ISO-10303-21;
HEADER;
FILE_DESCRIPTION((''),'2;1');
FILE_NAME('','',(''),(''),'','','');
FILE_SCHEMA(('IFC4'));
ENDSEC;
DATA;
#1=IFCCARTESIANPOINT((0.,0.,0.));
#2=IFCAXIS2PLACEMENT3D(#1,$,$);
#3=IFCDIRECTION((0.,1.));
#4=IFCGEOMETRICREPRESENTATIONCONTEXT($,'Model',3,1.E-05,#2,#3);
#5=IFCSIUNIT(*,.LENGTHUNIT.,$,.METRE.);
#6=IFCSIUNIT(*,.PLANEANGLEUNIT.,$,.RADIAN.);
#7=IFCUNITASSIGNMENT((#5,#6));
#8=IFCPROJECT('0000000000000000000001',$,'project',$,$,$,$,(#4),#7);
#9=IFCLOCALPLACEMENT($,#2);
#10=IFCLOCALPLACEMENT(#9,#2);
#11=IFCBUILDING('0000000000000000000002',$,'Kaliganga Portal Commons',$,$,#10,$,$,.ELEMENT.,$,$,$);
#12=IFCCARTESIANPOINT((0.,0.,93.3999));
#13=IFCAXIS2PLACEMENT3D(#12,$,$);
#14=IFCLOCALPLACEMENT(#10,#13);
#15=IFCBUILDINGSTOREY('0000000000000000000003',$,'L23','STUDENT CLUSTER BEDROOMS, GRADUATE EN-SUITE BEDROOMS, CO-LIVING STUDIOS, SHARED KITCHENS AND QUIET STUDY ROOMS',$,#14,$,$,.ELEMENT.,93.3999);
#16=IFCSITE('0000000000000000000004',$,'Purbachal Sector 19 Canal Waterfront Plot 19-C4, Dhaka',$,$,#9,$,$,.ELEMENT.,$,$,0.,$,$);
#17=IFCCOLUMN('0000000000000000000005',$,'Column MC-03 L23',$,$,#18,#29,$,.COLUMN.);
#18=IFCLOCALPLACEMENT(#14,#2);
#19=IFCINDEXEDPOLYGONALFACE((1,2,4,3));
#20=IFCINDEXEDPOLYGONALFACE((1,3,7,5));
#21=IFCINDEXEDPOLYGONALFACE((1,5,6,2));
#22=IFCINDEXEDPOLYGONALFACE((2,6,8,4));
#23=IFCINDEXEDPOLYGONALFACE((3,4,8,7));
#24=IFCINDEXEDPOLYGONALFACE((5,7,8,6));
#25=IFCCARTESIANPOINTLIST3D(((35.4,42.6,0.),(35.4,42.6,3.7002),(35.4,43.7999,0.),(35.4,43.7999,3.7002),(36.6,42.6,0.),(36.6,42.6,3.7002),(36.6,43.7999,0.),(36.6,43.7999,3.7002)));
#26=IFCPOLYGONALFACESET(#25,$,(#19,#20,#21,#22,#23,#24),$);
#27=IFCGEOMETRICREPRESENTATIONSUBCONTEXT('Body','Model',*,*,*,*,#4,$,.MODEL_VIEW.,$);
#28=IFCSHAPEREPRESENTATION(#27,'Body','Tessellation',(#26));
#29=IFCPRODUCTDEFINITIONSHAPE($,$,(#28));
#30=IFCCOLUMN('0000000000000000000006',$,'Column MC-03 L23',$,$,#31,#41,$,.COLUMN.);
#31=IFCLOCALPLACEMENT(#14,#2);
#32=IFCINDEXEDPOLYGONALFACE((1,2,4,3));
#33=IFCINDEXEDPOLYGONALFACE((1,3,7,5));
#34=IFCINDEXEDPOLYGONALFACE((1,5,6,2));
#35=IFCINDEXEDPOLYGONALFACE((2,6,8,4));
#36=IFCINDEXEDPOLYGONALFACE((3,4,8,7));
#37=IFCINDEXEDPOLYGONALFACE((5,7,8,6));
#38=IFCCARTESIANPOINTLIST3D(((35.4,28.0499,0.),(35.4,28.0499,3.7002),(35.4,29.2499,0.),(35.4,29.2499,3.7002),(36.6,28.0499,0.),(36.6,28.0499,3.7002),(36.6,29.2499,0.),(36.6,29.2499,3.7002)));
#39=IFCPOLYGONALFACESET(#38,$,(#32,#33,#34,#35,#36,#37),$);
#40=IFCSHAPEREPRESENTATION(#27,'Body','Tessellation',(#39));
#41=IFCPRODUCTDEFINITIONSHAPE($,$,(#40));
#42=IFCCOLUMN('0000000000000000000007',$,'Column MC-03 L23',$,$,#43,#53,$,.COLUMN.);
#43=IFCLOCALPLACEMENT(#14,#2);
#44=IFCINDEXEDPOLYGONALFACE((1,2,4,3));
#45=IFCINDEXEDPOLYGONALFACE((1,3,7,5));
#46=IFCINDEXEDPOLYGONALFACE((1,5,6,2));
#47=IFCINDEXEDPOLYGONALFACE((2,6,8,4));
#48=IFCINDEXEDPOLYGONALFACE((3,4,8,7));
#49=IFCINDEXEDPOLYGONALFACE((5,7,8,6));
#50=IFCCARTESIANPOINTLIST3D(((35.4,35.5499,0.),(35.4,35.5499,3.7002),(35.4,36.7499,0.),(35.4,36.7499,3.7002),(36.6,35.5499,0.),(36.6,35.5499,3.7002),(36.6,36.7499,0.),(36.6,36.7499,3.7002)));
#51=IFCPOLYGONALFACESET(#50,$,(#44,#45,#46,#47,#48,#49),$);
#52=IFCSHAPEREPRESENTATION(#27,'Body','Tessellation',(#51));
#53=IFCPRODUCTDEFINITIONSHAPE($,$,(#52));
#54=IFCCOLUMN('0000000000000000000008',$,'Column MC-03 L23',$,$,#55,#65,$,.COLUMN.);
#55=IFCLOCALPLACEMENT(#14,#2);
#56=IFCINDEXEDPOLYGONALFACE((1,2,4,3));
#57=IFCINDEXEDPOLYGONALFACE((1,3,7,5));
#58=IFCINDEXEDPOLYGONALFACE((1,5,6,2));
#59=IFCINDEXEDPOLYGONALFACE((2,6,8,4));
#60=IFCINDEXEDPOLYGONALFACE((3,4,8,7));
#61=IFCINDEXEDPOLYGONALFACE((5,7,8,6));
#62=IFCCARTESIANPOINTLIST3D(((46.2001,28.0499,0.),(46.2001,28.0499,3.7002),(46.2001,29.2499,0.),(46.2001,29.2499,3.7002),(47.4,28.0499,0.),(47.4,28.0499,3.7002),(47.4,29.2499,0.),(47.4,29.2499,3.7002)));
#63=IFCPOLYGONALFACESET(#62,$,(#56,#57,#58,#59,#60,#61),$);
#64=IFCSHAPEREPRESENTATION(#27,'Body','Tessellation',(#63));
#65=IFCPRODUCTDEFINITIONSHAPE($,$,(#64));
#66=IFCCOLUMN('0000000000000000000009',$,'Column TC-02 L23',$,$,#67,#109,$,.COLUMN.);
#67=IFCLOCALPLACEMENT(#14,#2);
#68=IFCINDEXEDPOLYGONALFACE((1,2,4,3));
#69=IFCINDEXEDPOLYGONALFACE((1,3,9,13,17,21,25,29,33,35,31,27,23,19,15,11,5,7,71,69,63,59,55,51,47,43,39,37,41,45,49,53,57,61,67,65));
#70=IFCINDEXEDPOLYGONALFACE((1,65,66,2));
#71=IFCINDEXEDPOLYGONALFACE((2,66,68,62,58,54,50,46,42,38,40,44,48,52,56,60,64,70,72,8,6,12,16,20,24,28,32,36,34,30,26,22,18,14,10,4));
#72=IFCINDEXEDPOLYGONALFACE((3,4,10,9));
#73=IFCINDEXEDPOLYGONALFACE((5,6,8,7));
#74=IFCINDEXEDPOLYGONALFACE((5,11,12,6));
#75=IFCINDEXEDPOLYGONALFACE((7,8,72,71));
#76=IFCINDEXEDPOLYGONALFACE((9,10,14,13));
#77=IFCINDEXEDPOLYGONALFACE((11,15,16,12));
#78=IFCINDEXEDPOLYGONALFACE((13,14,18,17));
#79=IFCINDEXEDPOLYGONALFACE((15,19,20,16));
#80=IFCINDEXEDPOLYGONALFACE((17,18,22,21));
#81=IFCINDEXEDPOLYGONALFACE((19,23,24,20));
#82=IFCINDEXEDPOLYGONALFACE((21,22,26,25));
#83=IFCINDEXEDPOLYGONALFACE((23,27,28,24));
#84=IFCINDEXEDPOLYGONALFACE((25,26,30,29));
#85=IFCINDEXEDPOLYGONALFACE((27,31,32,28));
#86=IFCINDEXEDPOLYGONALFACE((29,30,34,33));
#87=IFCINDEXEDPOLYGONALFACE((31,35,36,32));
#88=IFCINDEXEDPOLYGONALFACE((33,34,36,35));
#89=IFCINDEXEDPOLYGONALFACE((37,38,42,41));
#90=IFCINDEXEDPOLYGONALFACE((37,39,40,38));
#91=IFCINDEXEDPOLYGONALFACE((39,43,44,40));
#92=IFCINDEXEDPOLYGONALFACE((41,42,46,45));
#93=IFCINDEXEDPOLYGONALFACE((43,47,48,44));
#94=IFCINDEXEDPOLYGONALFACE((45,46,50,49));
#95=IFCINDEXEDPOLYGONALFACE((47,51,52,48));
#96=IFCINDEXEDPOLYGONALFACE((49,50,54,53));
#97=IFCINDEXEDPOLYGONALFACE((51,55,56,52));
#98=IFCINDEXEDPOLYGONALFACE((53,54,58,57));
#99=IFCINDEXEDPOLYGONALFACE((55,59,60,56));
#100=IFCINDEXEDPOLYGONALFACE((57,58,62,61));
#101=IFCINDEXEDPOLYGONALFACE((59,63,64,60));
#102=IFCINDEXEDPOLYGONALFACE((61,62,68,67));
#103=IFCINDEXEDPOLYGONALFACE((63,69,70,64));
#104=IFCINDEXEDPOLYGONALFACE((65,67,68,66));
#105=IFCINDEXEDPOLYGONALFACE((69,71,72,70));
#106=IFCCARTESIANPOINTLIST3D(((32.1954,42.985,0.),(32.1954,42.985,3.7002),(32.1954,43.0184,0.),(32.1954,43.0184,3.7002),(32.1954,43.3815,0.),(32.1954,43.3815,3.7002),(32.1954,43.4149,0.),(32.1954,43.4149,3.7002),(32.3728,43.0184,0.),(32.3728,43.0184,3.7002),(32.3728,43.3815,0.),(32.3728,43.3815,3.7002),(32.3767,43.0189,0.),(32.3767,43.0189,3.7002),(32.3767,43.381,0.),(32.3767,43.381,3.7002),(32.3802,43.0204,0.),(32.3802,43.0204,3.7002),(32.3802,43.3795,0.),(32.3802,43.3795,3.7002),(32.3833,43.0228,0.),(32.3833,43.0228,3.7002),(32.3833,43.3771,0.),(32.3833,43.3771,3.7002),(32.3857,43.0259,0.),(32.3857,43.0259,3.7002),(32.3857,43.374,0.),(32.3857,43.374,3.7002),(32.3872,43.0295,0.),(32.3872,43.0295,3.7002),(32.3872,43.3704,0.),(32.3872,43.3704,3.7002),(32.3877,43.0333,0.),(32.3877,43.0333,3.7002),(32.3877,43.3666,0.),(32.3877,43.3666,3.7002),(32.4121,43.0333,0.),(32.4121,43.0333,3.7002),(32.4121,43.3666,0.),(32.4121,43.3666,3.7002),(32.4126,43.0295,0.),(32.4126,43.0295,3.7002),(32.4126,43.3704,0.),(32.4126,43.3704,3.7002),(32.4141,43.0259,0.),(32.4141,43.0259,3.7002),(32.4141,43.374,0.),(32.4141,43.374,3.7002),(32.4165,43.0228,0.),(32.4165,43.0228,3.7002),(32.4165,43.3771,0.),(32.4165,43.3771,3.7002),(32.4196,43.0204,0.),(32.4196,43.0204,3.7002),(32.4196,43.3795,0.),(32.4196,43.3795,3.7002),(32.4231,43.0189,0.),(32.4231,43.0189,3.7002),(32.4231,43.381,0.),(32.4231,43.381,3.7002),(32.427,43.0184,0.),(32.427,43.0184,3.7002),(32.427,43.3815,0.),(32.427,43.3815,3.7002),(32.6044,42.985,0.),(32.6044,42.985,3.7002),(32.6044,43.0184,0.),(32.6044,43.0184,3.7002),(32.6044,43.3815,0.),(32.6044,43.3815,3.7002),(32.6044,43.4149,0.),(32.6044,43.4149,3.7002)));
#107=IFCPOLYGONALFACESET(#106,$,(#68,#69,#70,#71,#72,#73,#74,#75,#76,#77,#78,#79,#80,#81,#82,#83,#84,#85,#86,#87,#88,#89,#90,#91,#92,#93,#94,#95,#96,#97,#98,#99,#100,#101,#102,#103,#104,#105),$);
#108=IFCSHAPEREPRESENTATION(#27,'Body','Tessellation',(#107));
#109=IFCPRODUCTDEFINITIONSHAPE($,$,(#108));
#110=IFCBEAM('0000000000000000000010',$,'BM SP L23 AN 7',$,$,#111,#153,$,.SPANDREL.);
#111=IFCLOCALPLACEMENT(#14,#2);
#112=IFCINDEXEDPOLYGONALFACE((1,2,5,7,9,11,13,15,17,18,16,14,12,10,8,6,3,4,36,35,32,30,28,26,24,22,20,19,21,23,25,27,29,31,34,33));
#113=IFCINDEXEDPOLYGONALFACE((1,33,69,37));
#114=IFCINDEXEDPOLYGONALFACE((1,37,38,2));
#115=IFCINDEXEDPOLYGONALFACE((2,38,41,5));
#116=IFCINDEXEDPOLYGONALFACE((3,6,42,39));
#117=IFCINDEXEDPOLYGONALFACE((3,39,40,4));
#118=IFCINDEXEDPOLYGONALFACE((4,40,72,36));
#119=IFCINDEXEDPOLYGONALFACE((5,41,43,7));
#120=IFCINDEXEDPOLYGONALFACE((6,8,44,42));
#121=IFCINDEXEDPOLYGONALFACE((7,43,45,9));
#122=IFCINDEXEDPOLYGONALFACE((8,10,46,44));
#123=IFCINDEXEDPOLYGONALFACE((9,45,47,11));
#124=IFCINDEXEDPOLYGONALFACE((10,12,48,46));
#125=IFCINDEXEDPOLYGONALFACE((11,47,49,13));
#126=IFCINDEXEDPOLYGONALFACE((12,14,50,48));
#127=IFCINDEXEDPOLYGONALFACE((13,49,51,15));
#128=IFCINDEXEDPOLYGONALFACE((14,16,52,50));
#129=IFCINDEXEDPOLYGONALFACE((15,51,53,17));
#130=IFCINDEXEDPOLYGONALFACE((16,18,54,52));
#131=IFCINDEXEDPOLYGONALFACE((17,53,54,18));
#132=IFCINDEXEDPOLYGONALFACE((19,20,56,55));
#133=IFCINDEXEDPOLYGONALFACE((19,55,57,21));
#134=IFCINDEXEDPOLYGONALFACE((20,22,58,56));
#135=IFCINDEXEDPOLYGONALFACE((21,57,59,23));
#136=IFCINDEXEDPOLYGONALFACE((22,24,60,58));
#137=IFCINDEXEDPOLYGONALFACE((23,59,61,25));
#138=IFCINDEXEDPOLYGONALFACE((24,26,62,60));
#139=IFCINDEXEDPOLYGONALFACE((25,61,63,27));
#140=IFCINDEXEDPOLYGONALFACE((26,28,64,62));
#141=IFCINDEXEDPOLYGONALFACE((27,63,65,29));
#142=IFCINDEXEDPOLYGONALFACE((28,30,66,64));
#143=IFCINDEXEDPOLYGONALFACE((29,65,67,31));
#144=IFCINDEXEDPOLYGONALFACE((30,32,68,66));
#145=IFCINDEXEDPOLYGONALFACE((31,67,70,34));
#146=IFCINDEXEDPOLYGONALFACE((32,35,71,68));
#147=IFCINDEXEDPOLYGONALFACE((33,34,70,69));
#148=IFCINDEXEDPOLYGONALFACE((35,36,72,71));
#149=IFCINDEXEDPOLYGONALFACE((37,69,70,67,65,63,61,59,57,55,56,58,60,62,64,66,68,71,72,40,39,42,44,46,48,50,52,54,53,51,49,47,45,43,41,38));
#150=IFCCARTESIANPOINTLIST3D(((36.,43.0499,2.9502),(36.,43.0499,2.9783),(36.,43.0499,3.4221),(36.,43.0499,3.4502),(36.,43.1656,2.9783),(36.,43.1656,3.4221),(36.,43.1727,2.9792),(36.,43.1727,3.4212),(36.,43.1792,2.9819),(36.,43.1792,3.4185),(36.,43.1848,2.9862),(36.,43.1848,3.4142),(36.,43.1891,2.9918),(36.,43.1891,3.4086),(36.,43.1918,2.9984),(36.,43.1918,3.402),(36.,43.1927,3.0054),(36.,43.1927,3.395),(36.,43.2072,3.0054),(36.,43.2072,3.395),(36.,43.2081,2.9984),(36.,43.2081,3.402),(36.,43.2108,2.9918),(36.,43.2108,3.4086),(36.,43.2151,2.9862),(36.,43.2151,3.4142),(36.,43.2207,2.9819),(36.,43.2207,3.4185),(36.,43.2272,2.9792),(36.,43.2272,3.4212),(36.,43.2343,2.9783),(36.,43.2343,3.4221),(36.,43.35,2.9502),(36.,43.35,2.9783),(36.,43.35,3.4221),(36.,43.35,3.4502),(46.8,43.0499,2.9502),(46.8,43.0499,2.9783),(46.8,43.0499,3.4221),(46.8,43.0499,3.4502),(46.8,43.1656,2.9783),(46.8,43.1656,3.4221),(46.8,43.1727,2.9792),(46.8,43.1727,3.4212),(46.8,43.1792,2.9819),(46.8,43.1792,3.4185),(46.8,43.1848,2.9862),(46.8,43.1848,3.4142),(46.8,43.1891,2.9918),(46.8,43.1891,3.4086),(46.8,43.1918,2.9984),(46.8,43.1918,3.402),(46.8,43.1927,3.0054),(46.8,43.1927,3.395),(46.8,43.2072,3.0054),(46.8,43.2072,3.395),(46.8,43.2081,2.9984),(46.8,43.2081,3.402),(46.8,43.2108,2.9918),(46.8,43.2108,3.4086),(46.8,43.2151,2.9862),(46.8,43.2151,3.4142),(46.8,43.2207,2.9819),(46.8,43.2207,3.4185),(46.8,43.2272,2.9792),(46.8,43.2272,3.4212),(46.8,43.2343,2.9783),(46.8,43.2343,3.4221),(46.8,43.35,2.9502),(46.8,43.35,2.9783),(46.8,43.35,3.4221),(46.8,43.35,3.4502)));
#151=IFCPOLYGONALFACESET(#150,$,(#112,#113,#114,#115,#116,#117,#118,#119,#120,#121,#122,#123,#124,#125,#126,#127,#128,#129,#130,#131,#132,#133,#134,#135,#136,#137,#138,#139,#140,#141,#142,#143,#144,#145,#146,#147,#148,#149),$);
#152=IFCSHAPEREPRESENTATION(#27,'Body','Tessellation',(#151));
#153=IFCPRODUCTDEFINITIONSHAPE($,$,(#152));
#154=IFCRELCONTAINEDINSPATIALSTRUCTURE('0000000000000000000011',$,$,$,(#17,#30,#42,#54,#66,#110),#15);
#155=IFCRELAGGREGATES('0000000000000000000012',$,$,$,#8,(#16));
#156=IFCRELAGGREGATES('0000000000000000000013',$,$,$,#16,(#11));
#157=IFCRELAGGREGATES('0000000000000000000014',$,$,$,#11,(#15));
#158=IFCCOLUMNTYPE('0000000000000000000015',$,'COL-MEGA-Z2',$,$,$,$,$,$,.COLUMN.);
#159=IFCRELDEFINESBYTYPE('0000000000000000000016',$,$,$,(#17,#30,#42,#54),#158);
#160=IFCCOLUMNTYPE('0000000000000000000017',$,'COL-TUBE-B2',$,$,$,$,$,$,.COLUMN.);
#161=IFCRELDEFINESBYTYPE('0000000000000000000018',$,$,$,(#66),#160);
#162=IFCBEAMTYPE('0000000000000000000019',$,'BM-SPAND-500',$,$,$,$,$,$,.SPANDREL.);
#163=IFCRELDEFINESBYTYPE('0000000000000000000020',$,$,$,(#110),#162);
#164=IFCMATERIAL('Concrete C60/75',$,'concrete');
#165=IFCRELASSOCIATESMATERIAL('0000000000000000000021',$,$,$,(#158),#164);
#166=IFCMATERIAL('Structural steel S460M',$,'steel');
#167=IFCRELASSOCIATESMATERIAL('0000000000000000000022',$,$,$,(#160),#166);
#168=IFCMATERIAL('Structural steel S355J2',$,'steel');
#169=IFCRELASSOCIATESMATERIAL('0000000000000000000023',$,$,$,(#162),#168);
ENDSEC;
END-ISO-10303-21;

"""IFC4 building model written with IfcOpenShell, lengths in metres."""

from ifc_helpers import new_model, si_unit, direction, frame, origin, origin_2d, place, context, subcontext, project, spatial, rectangle, i_section, extrude, source, transform, mapped, material, material_profile, profile_set, type_object, element, save


model = new_model("IFC4")

# Units and contexts
model_context = context("Model", 3, precision=1e-05, world=origin(), true_north=direction((0.0, 1.0)))
body_context = subcontext(model_context, "Body", "Model", "MODEL_VIEW")
ifc_project = project(units=[si_unit("LENGTHUNIT", "METRE"), si_unit("PLANEANGLEUNIT", "RADIAN")], contexts=[model_context])

# Site, building, storey
site_placement = place(None, origin())
site = spatial("IfcSite", under=ifc_project, at=site_placement, Name="Purbachal Sector 19 Canal Waterfront Plot 19-C4, Dhaka", CompositionType="ELEMENT", RefElevation=0.0)
building_placement = place(site_placement, origin())
building = spatial("IfcBuilding", under=site, at=building_placement, Name="Kaliganga Portal Commons", CompositionType="ELEMENT")
storey_placement = place(building_placement, frame((0.0, 0.0, 93.3999)))
storey = spatial("IfcBuildingStorey", under=building, at=storey_placement, Name="L23", Description="STUDENT CLUSTER BEDROOMS, GRADUATE EN-SUITE BEDROOMS, CO-LIVING STUDIOS, SHARED KITCHENS AND QUIET STUDY ROOMS", CompositionType="ELEMENT", Elevation=93.3999)

# Columns
ifc_material_1 = material(Name="Concrete C60/75", Category="concrete")
ifc_material_profile_1 = material_profile(ifc_material_1, rectangle(XDim=1.2, YDim=1.2, at=origin_2d()), Name="RC 1200x1200")
ifc_profile_set_1 = profile_set([ifc_material_profile_1], Name="Concrete C60/75")
column_type_1 = type_object("IfcColumnType", Name="COL-MEGA-Z2", PredefinedType="COLUMN", material=ifc_profile_set_1)
shared_shape_1 = source(origin(), body_context, "Body", "SweptSolid", [
    extrude(rectangle(XDim=1.2, YDim=1.2, at=origin_2d()), origin(), (0.0, 0.0, 1.0), 3.7002),
])
for number, where, z_axis, x_axis, name in (
    (1, (36.0, 43.2, 0.0), (0.0, 0.0, 1.0), (1.0, 0.0, 0.0), "Column MC-03 L23"),
    (2, (36.0, 28.6499, 0.0), (0.0, 0.0, 1.0), (1.0, 0.0, 0.0), "Column MC-03 L23"),
    (3, (36.0, 36.1499, 0.0), (0.0, 0.0, 1.0), (1.0, 0.0, 0.0), "Column MC-03 L23"),
    (4, (46.8, 28.6499, 0.0), (0.0, 0.0, 1.0), (1.0, 0.0, 0.0), "Column MC-03 L23"),
):
    element("IfcColumn", number, at=place(storey_placement, frame(where, z_axis=z_axis, x_axis=x_axis)), inside=storey, type_object=column_type_1, Name=name, PredefinedType="COLUMN", context=body_context, shape_type="MappedRepresentation", body=[
        mapped(shared_shape_1, transform((0.0, 0.0, 0.0), x_axis=(1.0, 0.0, 0.0), y_axis=(0.0, 1.0, 0.0), z_axis=(0.0, 0.0, 1.0), scale=1.0)),
    ])
ifc_material_2 = material(Name="Structural steel S460M", Category="steel")
ifc_material_profile_2 = material_profile(ifc_material_2, i_section(OverallWidth=0.4089, OverallDepth=0.4299, WebThickness=0.0244, FlangeThickness=0.0334, FilletRadius=0.0149, at=origin_2d()), Name="HD 400x421")
ifc_profile_set_2 = profile_set([ifc_material_profile_2], Name="Structural steel S460M wide-flange")
column_type_2 = type_object("IfcColumnType", Name="COL-TUBE-B2", PredefinedType="COLUMN", material=ifc_profile_set_2)
shared_shape_2 = source(origin(), body_context, "Body", "SweptSolid", [
    extrude(i_section(OverallWidth=0.4089, OverallDepth=0.4299, WebThickness=0.0244, FlangeThickness=0.0334, FilletRadius=0.0149, at=origin_2d()), origin(), (0.0, 0.0, 1.0), 3.7002),
])
column_placement = place(storey_placement, frame((32.3999, 43.2, 0.0), z_axis=(0.0, 0.0, 1.0), x_axis=(1.0, 0.0, 0.0)))
element("IfcColumn", 5, at=column_placement, inside=storey, type_object=column_type_2, Name="Column TC-02 L23", PredefinedType="COLUMN", context=body_context, shape_type="MappedRepresentation", body=[
    mapped(shared_shape_2, transform((0.0, 0.0, 0.0), x_axis=(1.0, 0.0, 0.0), y_axis=(0.0, 1.0, 0.0), z_axis=(0.0, 0.0, 1.0), scale=1.0)),
])

# Beam
ifc_material_3 = material(Name="Structural steel S355J2", Category="steel")
ifc_material_profile_3 = material_profile(ifc_material_3, i_section(OverallWidth=0.3, OverallDepth=0.5, WebThickness=0.0144, FlangeThickness=0.0281, FilletRadius=0.0271, at=origin_2d()), Name="HE 500 B")
ifc_profile_set_3 = profile_set([ifc_material_profile_3], Name="Structural steel S355J2 wide-flange")
beam_type_1 = type_object("IfcBeamType", Name="BM-SPAND-500", PredefinedType="SPANDREL", material=ifc_profile_set_3)
shared_shape_3 = source(origin(), body_context, "Body", "SweptSolid", [
    extrude(i_section(OverallWidth=0.3, OverallDepth=0.5, WebThickness=0.0144, FlangeThickness=0.0281, FilletRadius=0.0271, at=origin_2d()), origin(), (0.0, 0.0, 1.0), 10.8),
])
beam_1_placement = place(storey_placement, frame((36.0, 43.2, 3.2002), z_axis=(1.0, 0.0, 0.0), x_axis=(0.0, 1.0, 0.0)))
element("IfcBeam", 6, at=beam_1_placement, inside=storey, type_object=beam_type_1, Name="BM SP L23 AN 7", PredefinedType="SPANDREL", context=body_context, shape_type="MappedRepresentation", body=[
    mapped(shared_shape_3, transform((0.0, 0.0, 0.0), x_axis=(1.0, 0.0, 0.0), y_axis=(0.0, 1.0, 0.0), z_axis=(0.0, 0.0, 1.0), scale=1.0)),
])

save(model, "model.ifc")
